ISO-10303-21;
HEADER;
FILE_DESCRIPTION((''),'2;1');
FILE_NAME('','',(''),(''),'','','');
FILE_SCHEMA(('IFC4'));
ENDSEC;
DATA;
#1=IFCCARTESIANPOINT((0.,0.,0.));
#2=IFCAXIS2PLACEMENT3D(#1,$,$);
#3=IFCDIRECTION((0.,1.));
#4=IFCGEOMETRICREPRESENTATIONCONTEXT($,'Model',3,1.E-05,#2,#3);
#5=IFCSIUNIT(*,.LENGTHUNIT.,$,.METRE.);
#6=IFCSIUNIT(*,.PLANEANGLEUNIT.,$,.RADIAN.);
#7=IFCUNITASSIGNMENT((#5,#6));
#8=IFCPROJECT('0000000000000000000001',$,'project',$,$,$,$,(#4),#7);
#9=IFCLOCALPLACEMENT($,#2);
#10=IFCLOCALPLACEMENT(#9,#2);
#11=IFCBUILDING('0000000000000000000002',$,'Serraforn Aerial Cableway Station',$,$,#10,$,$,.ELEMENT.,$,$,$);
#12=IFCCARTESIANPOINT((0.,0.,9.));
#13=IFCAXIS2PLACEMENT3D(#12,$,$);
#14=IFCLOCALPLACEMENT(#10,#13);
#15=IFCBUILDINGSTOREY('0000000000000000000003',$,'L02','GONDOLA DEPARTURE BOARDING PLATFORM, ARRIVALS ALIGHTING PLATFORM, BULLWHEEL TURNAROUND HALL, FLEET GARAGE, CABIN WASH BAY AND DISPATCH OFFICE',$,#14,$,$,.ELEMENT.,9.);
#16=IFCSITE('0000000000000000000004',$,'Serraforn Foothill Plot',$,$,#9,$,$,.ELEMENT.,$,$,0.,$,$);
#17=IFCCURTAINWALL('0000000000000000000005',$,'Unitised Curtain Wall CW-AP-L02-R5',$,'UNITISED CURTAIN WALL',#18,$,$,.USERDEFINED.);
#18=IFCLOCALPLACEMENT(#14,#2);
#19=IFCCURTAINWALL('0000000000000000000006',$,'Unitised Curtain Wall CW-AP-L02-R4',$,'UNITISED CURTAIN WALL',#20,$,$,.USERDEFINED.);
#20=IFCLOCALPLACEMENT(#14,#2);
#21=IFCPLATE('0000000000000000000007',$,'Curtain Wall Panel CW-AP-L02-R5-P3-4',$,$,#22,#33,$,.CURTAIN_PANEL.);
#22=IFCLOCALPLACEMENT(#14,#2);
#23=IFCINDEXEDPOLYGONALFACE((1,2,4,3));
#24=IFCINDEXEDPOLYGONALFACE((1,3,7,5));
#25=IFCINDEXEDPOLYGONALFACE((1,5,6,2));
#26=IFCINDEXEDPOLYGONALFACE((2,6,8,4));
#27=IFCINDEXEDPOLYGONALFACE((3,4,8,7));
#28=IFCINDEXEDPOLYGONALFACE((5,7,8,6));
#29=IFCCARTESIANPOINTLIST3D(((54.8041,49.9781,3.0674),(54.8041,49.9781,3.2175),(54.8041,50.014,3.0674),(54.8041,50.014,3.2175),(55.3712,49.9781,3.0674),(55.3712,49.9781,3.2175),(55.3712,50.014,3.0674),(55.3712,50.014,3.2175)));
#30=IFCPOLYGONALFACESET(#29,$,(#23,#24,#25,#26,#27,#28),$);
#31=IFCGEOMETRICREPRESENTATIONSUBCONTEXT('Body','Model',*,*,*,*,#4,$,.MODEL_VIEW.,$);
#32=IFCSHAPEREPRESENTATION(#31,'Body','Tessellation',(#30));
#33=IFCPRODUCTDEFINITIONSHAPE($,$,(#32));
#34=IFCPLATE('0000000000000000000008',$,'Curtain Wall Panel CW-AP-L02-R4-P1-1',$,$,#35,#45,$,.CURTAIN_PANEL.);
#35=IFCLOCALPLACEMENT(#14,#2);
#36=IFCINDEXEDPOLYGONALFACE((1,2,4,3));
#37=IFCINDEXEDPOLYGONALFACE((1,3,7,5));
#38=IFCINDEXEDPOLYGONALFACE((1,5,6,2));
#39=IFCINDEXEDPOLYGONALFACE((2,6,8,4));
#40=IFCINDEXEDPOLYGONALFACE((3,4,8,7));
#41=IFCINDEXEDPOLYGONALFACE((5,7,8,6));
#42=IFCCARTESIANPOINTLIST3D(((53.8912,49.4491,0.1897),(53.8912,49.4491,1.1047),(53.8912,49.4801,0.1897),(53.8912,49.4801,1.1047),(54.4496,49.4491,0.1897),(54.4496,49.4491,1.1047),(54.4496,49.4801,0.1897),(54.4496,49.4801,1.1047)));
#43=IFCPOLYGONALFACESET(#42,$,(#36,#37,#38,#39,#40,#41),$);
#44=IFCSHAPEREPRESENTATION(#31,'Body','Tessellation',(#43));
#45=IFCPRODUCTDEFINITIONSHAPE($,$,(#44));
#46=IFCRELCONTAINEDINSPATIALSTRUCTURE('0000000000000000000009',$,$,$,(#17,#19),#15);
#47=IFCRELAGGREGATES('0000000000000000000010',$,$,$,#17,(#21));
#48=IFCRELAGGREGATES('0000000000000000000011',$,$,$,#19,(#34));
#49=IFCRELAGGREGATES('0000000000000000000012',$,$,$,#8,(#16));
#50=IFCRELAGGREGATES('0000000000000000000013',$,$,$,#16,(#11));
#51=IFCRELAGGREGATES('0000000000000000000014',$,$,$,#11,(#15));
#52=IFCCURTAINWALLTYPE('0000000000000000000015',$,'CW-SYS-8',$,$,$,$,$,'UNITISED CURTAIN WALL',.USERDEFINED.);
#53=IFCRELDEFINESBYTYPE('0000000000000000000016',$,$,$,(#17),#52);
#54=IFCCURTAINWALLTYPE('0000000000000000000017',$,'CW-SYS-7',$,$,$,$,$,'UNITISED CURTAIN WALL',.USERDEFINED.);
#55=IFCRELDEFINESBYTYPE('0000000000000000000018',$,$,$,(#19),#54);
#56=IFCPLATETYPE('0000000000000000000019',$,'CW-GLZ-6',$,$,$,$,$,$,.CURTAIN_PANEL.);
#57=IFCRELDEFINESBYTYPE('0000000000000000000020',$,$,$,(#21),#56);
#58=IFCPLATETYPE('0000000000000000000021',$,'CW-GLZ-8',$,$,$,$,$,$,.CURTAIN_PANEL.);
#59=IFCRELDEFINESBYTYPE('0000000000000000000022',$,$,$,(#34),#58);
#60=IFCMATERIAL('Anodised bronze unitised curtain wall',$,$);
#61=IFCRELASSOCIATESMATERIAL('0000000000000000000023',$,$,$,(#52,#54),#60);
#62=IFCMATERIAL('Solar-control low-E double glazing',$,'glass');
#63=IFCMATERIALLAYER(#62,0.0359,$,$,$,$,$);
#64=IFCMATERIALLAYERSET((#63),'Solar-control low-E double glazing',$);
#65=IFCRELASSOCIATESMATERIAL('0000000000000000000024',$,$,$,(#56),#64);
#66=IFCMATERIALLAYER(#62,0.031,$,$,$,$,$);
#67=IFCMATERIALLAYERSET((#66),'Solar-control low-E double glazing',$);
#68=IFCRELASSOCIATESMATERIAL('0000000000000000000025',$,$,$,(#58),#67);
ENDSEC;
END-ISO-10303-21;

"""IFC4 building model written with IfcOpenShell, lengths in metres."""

from ifc_helpers import new_model, si_unit, direction, frame, origin, origin_2d, place, context, subcontext, project, spatial, rectangle, extrude, material, layer, layer_set, type_object, element, aggregate, save


model = new_model("IFC4")

# Units and contexts
model_context = context("Model", 3, precision=1e-05, world=origin(), true_north=direction((0.0, 1.0)))
body_context = subcontext(model_context, "Body", "Model", "MODEL_VIEW")
ifc_project = project(units=[si_unit("LENGTHUNIT", "METRE"), si_unit("PLANEANGLEUNIT", "RADIAN")], contexts=[model_context])

# Site, building, storey
site_placement = place(None, origin())
site = spatial("IfcSite", under=ifc_project, at=site_placement, Name="Serraforn Foothill Plot", CompositionType="ELEMENT", RefElevation=0.0)
building_placement = place(site_placement, origin())
building = spatial("IfcBuilding", under=site, at=building_placement, Name="Serraforn Aerial Cableway Station", CompositionType="ELEMENT")
storey_placement = place(building_placement, frame((0.0, 0.0, 9.0)))
storey = spatial("IfcBuildingStorey", under=building, at=storey_placement, Name="L02", Description="GONDOLA DEPARTURE BOARDING PLATFORM, ARRIVALS ALIGHTING PLATFORM, BULLWHEEL TURNAROUND HALL, FLEET GARAGE, CABIN WASH BAY AND DISPATCH OFFICE", CompositionType="ELEMENT", Elevation=9.0)

# Curtain walls
ifc_material_1 = material(Name="Anodised bronze unitised curtain wall")
curtain_wall_type_1 = type_object("IfcCurtainWallType", Name="CW-SYS-8", ElementType="UNITISED CURTAIN WALL", PredefinedType="USERDEFINED", material=ifc_material_1)
curtain_wall_1_placement = place(storey_placement, origin())
curtain_wall_1 = element("IfcCurtainWall", 1, at=curtain_wall_1_placement, inside=storey, type_object=curtain_wall_type_1, Name="Unitised Curtain Wall CW-AP-L02-R5", ObjectType="UNITISED CURTAIN WALL", PredefinedType="USERDEFINED")
curtain_wall_type_2 = type_object("IfcCurtainWallType", Name="CW-SYS-7", ElementType="UNITISED CURTAIN WALL", PredefinedType="USERDEFINED", material=ifc_material_1)
curtain_wall_2_placement = place(storey_placement, origin())
curtain_wall_2 = element("IfcCurtainWall", 2, at=curtain_wall_2_placement, inside=storey, type_object=curtain_wall_type_2, Name="Unitised Curtain Wall CW-AP-L02-R4", ObjectType="UNITISED CURTAIN WALL", PredefinedType="USERDEFINED")

# Plates
ifc_material_2 = material(Name="Solar-control low-E double glazing", Category="glass")
ifc_layer_1 = layer(ifc_material_2, 0.0359)
ifc_layer_set_1 = layer_set([ifc_layer_1], Name="Solar-control low-E double glazing")
plate_type_1 = type_object("IfcPlateType", Name="CW-GLZ-6", PredefinedType="CURTAIN_PANEL", material=ifc_layer_set_1)
plate_1_placement = place(storey_placement, frame((55.0876, 49.9961, 3.0674), z_axis=(0.0, 0.0, 1.0), x_axis=(1.0, 0.0, 0.0)))
plate_1 = element("IfcPlate", 3, at=plate_1_placement, type_object=plate_type_1, Name="Curtain Wall Panel CW-AP-L02-R5-P3-4", PredefinedType="CURTAIN_PANEL", context=body_context, shape_type="SweptSolid", body=[
    extrude(rectangle(XDim=0.5671, YDim=0.0359, at=origin_2d()), origin(), (0.0, 0.0, 1.0), 0.1501),
])
aggregate(curtain_wall_1, [plate_1])
ifc_layer_2 = layer(ifc_material_2, 0.031)
ifc_layer_set_2 = layer_set([ifc_layer_2], Name="Solar-control low-E double glazing")
plate_type_2 = type_object("IfcPlateType", Name="CW-GLZ-8", PredefinedType="CURTAIN_PANEL", material=ifc_layer_set_2)
plate_2_placement = place(storey_placement, frame((54.1704, 49.4646, 0.1897), z_axis=(0.0, 0.0, 1.0), x_axis=(1.0, 0.0, 0.0)))
plate_2 = element("IfcPlate", 4, at=plate_2_placement, type_object=plate_type_2, Name="Curtain Wall Panel CW-AP-L02-R4-P1-1", PredefinedType="CURTAIN_PANEL", context=body_context, shape_type="SweptSolid", body=[
    extrude(rectangle(XDim=0.5583, YDim=0.031, at=origin_2d()), origin(), (0.0, 0.0, 1.0), 0.915),
])
aggregate(curtain_wall_2, [plate_2])

save(model, "model.ifc")
